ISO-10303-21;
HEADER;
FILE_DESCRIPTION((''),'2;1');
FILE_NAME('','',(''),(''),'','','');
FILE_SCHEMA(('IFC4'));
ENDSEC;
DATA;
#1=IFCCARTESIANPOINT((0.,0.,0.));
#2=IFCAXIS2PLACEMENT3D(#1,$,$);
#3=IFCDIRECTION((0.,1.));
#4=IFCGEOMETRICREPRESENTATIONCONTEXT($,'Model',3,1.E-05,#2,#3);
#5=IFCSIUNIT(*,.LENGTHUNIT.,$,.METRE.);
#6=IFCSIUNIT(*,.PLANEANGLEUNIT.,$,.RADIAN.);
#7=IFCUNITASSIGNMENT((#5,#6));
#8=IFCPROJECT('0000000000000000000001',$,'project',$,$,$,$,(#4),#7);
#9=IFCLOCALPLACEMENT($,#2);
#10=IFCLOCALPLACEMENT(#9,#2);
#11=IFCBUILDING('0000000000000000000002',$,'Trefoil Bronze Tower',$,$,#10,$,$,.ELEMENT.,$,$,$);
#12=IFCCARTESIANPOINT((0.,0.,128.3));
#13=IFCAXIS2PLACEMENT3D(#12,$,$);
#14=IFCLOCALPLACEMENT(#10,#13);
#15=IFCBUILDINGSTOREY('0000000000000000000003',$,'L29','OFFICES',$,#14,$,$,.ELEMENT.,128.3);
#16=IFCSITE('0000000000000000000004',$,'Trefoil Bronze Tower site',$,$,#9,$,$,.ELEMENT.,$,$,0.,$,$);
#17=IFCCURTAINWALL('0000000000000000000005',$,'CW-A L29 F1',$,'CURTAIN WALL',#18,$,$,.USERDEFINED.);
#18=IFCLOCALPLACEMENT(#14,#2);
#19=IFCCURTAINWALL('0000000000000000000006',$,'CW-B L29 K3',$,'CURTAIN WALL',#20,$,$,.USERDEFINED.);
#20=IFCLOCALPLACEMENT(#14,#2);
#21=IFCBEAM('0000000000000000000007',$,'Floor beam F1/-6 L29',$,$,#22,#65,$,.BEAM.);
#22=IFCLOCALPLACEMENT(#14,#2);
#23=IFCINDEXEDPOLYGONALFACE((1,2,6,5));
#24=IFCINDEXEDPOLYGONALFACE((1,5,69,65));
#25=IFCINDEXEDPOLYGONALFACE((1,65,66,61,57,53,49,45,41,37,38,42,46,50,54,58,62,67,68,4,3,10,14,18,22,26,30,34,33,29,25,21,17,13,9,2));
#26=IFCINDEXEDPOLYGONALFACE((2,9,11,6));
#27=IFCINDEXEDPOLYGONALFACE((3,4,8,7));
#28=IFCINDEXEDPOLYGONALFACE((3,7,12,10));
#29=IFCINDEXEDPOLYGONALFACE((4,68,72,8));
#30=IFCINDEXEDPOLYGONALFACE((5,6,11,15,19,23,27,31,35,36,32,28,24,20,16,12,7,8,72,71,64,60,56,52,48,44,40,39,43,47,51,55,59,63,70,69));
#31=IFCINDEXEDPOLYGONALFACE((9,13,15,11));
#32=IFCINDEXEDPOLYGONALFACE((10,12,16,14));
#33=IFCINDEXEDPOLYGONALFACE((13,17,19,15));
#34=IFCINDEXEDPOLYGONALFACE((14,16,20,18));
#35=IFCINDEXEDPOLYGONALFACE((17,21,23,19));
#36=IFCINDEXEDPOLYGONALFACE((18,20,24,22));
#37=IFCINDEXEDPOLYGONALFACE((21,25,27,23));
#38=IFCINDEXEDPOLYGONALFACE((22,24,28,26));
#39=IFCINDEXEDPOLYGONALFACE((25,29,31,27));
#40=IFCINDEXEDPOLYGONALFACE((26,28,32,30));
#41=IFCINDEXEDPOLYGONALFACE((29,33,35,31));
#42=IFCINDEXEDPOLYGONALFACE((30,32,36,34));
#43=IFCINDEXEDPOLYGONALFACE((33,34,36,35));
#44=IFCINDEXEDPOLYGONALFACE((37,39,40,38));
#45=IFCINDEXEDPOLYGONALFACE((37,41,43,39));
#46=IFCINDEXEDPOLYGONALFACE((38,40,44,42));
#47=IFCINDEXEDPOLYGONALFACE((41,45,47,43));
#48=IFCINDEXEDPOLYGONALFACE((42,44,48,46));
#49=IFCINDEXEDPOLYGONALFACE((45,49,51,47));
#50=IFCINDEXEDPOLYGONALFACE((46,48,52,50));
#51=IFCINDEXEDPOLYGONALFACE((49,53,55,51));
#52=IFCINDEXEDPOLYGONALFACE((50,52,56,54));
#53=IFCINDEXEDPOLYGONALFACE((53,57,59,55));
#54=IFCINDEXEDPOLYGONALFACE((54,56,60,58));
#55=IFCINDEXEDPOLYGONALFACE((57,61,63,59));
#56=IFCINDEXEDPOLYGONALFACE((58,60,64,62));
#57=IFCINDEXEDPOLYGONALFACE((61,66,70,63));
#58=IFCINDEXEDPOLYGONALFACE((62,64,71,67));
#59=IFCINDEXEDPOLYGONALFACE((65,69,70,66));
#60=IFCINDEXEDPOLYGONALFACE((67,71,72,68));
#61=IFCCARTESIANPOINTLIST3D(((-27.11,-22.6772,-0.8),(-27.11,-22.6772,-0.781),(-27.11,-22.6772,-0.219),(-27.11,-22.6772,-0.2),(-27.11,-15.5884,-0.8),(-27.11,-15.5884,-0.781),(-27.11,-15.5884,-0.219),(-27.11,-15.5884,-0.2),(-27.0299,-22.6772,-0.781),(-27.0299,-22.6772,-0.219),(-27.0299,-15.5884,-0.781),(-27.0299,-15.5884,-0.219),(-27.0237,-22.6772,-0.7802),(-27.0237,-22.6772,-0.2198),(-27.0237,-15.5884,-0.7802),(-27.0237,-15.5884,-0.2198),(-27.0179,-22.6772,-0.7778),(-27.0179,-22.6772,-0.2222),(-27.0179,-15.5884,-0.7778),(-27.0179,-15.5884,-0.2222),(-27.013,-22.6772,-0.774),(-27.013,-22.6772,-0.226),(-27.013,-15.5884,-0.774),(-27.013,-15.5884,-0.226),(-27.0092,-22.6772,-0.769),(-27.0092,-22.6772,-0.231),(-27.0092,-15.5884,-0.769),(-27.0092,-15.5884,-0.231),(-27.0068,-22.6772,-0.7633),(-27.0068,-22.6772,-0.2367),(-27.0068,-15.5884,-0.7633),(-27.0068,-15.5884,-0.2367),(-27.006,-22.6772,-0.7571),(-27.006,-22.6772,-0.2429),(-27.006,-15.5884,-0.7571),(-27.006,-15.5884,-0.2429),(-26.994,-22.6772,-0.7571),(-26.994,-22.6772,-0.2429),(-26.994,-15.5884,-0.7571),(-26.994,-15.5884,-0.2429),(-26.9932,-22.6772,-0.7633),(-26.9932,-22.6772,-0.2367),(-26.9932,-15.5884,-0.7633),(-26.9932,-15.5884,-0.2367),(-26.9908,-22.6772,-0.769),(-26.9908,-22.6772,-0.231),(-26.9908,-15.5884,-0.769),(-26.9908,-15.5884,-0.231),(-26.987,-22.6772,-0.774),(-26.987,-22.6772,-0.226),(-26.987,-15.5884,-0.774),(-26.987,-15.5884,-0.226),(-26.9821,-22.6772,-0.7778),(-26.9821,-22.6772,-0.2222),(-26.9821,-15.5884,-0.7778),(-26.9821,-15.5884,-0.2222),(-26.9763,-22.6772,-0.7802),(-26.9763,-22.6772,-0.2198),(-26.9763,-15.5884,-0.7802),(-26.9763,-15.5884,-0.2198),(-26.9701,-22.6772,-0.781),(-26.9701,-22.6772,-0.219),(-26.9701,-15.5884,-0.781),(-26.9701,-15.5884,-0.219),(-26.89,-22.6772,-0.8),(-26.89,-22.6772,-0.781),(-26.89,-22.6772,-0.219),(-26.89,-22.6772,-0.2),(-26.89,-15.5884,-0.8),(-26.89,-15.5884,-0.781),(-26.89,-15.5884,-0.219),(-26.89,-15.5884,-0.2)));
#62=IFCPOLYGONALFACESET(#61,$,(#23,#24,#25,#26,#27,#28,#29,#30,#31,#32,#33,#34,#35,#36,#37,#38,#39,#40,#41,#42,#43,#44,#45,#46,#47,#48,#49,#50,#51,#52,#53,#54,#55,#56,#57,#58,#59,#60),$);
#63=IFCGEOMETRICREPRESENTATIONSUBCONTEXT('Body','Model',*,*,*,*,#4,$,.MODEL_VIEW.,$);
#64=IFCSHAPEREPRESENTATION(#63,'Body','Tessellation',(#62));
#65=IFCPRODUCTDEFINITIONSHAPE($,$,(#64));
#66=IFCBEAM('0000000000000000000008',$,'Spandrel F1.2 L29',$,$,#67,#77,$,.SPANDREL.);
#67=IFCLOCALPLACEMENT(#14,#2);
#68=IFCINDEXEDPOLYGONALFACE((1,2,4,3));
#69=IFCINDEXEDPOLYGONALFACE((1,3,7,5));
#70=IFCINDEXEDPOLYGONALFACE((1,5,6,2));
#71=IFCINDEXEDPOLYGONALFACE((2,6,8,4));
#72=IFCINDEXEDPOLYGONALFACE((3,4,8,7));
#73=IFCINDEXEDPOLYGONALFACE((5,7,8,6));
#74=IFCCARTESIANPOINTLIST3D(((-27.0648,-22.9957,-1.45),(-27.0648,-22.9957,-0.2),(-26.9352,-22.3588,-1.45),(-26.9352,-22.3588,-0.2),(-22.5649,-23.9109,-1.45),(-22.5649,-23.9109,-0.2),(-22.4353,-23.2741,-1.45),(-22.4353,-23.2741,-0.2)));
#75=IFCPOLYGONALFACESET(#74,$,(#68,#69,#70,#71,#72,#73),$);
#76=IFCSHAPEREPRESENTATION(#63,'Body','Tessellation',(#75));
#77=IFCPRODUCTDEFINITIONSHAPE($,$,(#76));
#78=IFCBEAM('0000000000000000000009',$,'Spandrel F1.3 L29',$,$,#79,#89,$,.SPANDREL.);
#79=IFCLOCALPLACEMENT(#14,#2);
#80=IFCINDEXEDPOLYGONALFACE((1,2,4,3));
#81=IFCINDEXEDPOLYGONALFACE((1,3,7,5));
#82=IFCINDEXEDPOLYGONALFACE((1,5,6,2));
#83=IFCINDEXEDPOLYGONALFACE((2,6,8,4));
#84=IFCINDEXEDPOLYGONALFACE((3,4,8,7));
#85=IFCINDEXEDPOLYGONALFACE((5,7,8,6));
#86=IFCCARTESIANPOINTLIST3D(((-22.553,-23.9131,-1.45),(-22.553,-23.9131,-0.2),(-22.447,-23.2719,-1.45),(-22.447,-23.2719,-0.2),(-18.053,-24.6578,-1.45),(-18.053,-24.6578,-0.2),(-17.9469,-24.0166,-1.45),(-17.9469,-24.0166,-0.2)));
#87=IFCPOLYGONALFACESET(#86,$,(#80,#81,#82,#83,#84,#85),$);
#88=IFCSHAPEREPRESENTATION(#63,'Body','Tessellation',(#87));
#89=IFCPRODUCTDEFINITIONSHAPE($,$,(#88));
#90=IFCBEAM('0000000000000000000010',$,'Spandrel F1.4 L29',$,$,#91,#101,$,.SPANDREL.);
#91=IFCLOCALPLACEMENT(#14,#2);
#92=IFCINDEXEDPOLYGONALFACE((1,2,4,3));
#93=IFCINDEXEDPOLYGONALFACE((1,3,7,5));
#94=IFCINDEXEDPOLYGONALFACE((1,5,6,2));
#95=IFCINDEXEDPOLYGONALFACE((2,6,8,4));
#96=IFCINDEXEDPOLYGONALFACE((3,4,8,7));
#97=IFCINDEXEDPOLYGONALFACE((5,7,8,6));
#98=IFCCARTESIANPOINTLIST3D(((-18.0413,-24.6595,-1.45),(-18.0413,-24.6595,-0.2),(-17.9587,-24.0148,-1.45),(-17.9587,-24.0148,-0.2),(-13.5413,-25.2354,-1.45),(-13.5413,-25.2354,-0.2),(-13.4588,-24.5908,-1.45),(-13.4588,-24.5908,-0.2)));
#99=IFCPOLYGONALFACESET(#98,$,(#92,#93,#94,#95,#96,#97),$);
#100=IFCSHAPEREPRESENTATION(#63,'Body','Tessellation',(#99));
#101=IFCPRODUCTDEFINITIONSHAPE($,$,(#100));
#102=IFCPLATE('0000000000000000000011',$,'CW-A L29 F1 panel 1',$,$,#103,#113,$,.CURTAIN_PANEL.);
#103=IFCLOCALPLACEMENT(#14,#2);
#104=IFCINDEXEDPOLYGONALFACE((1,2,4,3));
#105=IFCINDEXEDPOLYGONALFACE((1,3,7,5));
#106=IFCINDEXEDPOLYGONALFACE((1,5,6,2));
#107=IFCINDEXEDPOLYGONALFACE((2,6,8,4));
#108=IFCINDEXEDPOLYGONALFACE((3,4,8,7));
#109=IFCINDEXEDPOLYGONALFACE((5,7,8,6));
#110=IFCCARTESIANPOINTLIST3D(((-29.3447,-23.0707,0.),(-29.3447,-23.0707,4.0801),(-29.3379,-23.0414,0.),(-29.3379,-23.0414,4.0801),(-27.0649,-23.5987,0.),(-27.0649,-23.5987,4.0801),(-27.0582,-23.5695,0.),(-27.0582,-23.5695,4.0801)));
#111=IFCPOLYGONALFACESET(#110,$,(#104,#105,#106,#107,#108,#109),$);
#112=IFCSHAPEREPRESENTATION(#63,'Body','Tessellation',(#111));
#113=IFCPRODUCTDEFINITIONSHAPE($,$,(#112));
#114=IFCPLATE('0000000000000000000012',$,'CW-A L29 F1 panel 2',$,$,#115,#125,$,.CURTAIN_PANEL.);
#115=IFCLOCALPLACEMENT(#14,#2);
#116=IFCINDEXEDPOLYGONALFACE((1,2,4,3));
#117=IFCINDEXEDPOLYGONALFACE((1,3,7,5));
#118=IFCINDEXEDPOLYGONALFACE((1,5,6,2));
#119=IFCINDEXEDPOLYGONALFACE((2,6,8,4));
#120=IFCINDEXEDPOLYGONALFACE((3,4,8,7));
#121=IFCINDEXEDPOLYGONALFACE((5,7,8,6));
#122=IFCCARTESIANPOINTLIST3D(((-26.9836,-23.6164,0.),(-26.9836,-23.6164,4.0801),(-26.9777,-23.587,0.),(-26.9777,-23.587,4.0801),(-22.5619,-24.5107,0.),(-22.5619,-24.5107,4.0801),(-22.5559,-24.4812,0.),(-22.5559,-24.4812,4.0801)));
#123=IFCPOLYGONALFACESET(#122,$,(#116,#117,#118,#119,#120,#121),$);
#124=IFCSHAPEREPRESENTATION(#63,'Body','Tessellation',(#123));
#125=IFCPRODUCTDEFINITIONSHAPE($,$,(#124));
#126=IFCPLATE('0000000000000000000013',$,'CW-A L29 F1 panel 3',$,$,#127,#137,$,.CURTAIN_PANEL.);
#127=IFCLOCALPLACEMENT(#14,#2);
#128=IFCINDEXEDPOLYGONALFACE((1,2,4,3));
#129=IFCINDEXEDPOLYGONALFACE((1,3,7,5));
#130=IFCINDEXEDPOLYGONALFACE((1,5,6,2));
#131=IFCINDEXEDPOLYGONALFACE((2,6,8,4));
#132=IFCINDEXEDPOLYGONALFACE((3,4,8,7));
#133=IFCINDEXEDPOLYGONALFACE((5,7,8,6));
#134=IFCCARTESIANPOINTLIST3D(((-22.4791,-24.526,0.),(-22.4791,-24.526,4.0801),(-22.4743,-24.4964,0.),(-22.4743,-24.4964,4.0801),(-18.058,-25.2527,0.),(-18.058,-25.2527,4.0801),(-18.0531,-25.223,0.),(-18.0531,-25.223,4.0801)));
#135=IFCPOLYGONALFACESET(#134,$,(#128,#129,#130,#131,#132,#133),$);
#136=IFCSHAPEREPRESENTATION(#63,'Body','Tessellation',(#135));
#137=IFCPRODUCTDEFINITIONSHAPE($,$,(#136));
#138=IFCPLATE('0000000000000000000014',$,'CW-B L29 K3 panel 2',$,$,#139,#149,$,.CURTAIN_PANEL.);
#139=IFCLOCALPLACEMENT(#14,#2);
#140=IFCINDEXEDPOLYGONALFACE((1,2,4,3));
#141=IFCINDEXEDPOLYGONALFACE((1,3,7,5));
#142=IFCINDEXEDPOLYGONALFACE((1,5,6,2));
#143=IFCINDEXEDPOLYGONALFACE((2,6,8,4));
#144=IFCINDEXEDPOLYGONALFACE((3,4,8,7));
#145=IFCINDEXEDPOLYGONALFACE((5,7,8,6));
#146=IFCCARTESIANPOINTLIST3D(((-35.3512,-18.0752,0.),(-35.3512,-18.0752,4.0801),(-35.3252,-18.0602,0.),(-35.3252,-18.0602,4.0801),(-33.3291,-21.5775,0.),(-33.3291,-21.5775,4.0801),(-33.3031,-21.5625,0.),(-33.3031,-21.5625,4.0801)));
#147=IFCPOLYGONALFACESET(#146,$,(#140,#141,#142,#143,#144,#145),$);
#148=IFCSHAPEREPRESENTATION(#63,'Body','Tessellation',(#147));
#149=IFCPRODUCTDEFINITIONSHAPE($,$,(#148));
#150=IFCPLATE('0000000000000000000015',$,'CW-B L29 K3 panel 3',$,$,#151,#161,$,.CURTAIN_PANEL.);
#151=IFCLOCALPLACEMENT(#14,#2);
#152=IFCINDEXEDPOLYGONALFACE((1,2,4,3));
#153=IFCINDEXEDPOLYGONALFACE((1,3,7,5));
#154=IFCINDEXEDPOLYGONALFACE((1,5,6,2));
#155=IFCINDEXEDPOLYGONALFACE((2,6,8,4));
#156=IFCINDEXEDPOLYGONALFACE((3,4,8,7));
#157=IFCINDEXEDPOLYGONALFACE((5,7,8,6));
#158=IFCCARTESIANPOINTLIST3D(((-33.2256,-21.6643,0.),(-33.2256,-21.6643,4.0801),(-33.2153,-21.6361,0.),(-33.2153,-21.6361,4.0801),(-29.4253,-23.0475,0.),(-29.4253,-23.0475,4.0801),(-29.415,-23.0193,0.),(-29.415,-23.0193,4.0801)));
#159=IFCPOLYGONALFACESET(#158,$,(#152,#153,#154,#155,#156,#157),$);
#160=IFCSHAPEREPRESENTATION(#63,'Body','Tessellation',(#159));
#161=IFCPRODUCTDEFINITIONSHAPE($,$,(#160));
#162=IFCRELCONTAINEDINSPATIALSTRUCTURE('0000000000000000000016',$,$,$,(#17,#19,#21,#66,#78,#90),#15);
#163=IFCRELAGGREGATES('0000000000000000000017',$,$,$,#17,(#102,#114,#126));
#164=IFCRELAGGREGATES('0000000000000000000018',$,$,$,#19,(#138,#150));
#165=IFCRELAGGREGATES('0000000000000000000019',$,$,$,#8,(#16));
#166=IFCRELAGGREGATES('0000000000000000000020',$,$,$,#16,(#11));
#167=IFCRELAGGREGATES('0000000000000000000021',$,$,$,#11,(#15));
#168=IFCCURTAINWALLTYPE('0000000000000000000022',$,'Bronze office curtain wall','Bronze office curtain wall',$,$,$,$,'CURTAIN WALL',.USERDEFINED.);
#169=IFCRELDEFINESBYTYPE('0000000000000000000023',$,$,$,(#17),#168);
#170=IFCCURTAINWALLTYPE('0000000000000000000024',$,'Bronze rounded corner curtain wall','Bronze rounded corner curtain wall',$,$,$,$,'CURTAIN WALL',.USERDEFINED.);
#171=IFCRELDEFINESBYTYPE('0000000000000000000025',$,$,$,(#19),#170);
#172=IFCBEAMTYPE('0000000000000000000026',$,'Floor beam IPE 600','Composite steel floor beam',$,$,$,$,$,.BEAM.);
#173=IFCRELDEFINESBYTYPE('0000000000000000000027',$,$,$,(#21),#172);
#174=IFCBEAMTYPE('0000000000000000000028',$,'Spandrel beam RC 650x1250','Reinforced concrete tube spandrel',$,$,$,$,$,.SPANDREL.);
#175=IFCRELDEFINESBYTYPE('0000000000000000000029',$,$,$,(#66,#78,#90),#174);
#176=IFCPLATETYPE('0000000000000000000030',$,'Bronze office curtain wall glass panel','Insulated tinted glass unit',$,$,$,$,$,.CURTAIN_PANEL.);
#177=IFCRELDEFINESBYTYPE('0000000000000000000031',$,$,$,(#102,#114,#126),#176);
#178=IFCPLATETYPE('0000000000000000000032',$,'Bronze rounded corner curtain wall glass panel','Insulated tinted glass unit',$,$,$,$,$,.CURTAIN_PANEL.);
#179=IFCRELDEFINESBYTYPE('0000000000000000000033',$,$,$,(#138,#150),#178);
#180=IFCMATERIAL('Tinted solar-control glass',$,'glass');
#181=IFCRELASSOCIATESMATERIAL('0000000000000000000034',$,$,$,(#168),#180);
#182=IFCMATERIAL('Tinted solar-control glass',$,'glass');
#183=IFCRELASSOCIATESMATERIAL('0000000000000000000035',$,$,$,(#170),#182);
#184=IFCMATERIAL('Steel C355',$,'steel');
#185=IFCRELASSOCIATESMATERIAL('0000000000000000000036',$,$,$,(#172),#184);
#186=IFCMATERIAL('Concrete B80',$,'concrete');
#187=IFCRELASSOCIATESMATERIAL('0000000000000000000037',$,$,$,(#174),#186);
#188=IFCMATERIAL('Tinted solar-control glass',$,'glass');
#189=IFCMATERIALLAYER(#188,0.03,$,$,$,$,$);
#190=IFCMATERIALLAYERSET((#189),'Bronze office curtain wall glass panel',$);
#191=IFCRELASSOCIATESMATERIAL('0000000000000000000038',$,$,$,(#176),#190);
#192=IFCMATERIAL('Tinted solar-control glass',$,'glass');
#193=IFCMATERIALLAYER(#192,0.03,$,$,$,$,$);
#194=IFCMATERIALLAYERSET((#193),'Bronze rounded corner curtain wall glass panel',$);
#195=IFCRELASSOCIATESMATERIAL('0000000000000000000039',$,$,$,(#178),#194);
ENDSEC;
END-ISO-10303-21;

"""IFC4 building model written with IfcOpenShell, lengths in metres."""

from ifc_helpers import new_model, si_unit, direction, frame, origin, origin_2d, place, context, subcontext, project, spatial, rectangle, i_section, extrude, material, layer, layer_set, material_profile, profile_set, type_object, element, aggregate, save


model = new_model("IFC4")

# Units and contexts
model_context = context("Model", 3, precision=1e-05, world=origin(), true_north=direction((0.0, 1.0)))
body_context = subcontext(model_context, "Body", "Model", "MODEL_VIEW")
ifc_project = project(units=[si_unit("LENGTHUNIT", "METRE"), si_unit("PLANEANGLEUNIT", "RADIAN")], contexts=[model_context])

# Site, building, storey
site_placement = place(None, origin())
site = spatial("IfcSite", under=ifc_project, at=site_placement, Name="Trefoil Bronze Tower site", CompositionType="ELEMENT", RefElevation=0.0)
building_placement = place(site_placement, origin())
building = spatial("IfcBuilding", under=site, at=building_placement, Name="Trefoil Bronze Tower", CompositionType="ELEMENT")
storey_placement = place(building_placement, frame((0.0, 0.0, 128.3)))
storey = spatial("IfcBuildingStorey", under=building, at=storey_placement, Name="L29", Description="OFFICES", CompositionType="ELEMENT", Elevation=128.3)

# Curtain walls
ifc_material_1 = material(Name="Tinted solar-control glass", Category="glass")
curtain_wall_type_1 = type_object("IfcCurtainWallType", Name="Bronze office curtain wall", Description="Bronze office curtain wall", ElementType="CURTAIN WALL", PredefinedType="USERDEFINED", material=ifc_material_1)
curtain_wall_1_placement = place(storey_placement, origin())
curtain_wall_1 = element("IfcCurtainWall", 1, at=curtain_wall_1_placement, inside=storey, type_object=curtain_wall_type_1, Name="CW-A L29 F1", ObjectType="CURTAIN WALL", PredefinedType="USERDEFINED")
ifc_material_2 = material(Name="Tinted solar-control glass", Category="glass")
curtain_wall_type_2 = type_object("IfcCurtainWallType", Name="Bronze rounded corner curtain wall", Description="Bronze rounded corner curtain wall", ElementType="CURTAIN WALL", PredefinedType="USERDEFINED", material=ifc_material_2)
curtain_wall_2_placement = place(storey_placement, origin())
curtain_wall_2 = element("IfcCurtainWall", 2, at=curtain_wall_2_placement, inside=storey, type_object=curtain_wall_type_2, Name="CW-B L29 K3", ObjectType="CURTAIN WALL", PredefinedType="USERDEFINED")

# Beams
ifc_material_3 = material(Name="Steel C355", Category="steel")
ifc_material_profile_1 = material_profile(ifc_material_3, i_section(OverallWidth=0.22, OverallDepth=0.6001, WebThickness=0.012, FlangeThickness=0.019, FilletRadius=0.0239, at=origin_2d()), Name="IPE 600")
ifc_profile_set_1 = profile_set([ifc_material_profile_1], Name="Steel C355")
beam_type_1 = type_object("IfcBeamType", Name="Floor beam IPE 600", Description="Composite steel floor beam", PredefinedType="BEAM", material=ifc_profile_set_1)
beam_1_placement = place(storey_placement, frame((-27.0, -22.6772, -0.5), z_axis=(0.0, 1.0, 0.0), x_axis=(-1.0, 0.0, 0.0)))
element("IfcBeam", 3, at=beam_1_placement, inside=storey, type_object=beam_type_1, Name="Floor beam F1/-6 L29", PredefinedType="BEAM", context=body_context, shape_type="SweptSolid", body=[
    extrude(i_section(OverallWidth=0.22, OverallDepth=0.6001, WebThickness=0.012, FlangeThickness=0.019, FilletRadius=0.0239, at=origin_2d()), origin(), (0.0, 0.0, 1.0), 7.0889),
])
ifc_material_4 = material(Name="Concrete B80", Category="concrete")
ifc_material_profile_2 = material_profile(ifc_material_4, rectangle(XDim=0.6499, YDim=1.25, at=origin_2d()), Name="RC 650x1250")
ifc_profile_set_2 = profile_set([ifc_material_profile_2], Name="Concrete B80")
beam_type_2 = type_object("IfcBeamType", Name="Spandrel beam RC 650x1250", Description="Reinforced concrete tube spandrel", PredefinedType="SPANDREL", material=ifc_profile_set_2)
beam_2_placement = place(storey_placement, frame((-27.0, -22.6772, -0.825), z_axis=(0.979935, -0.199315, 0.0), x_axis=(0.199315, 0.979935, 0.0)))
element("IfcBeam", 4, at=beam_2_placement, inside=storey, type_object=beam_type_2, Name="Spandrel F1.2 L29", PredefinedType="SPANDREL", context=body_context, shape_type="SweptSolid", body=[
    extrude(rectangle(XDim=0.6499, YDim=1.25, at=origin_2d()), origin(), (0.0, 0.0, 1.0), 4.592),
])
beam_3_placement = place(storey_placement, frame((-22.5, -23.5925, -0.825), z_axis=(0.986584, -0.163253, 0.0), x_axis=(0.163253, 0.986584, 0.0)))
element("IfcBeam", 5, at=beam_3_placement, inside=storey, type_object=beam_type_2, Name="Spandrel F1.3 L29", PredefinedType="SPANDREL", context=body_context, shape_type="SweptSolid", body=[
    extrude(rectangle(XDim=0.6499, YDim=1.25, at=origin_2d()), origin(), (0.0, 0.0, 1.0), 4.5613),
])
beam_4_placement = place(storey_placement, frame((-18.0, -24.3372, -0.825), z_axis=(0.991909, -0.126948, 0.0), x_axis=(0.126948, 0.991909, 0.0)))
element("IfcBeam", 6, at=beam_4_placement, inside=storey, type_object=beam_type_2, Name="Spandrel F1.4 L29", PredefinedType="SPANDREL", context=body_context, shape_type="SweptSolid", body=[
    extrude(rectangle(XDim=0.6499, YDim=1.25, at=origin_2d()), origin(), (0.0, 0.0, 1.0), 4.5366),
])

# Plates
ifc_material_5 = material(Name="Tinted solar-control glass", Category="glass")
ifc_layer_1 = layer(ifc_material_5, 0.03)
ifc_layer_set_1 = layer_set([ifc_layer_1], Name="Bronze office curtain wall glass panel")
plate_type_1 = type_object("IfcPlateType", Name="Bronze office curtain wall glass panel", Description="Insulated tinted glass unit", PredefinedType="CURTAIN_PANEL", material=ifc_layer_set_1)
plate_1_placement = place(storey_placement, frame((-28.2014, -23.3201, 0.0), z_axis=(0.0, 0.0, 1.0), x_axis=(0.974204, -0.225667, 0.0)))
plate_1 = element("IfcPlate", 7, at=plate_1_placement, type_object=plate_type_1, Name="CW-A L29 F1 panel 1", PredefinedType="CURTAIN_PANEL", context=body_context, shape_type="SweptSolid", body=[
    extrude(rectangle(XDim=2.3401, YDim=0.03, at=origin_2d()), origin(), (0.0, 0.0, 1.0), 4.0801),
])
plate_2_placement = place(storey_placement, frame((-24.7698, -24.0488, 0.0), z_axis=(0.0, 0.0, 1.0), x_axis=(0.980155, -0.198232, 0.0)))
plate_2 = element("IfcPlate", 8, at=plate_2_placement, type_object=plate_type_1, Name="CW-A L29 F1 panel 2", PredefinedType="CURTAIN_PANEL", context=body_context, shape_type="SweptSolid", body=[
    extrude(rectangle(XDim=4.5112, YDim=0.03, at=origin_2d()), origin(), (0.0, 0.0, 1.0), 4.0801),
])
plate_3_placement = place(storey_placement, frame((-20.2661, -24.8745, 0.0), z_axis=(0.0, 0.0, 1.0), x_axis=(0.98676, -0.162189, 0.0)))
plate_3 = element("IfcPlate", 9, at=plate_3_placement, type_object=plate_type_1, Name="CW-A L29 F1 panel 3", PredefinedType="CURTAIN_PANEL", context=body_context, shape_type="SweptSolid", body=[
    extrude(rectangle(XDim=4.4805, YDim=0.03, at=origin_2d()), origin(), (0.0, 0.0, 1.0), 4.0801),
])
aggregate(curtain_wall_1, [plate_1, plate_2, plate_3])
ifc_material_6 = material(Name="Tinted solar-control glass", Category="glass")
ifc_layer_2 = layer(ifc_material_6, 0.03)
ifc_layer_set_2 = layer_set([ifc_layer_2], Name="Bronze rounded corner curtain wall glass panel")
plate_type_2 = type_object("IfcPlateType", Name="Bronze rounded corner curtain wall glass panel", Description="Insulated tinted glass unit", PredefinedType="CURTAIN_PANEL", material=ifc_layer_set_2)
plate_4_placement = place(storey_placement, frame((-34.3271, -19.8188, 0.0), z_axis=(0.0, 0.0, 1.0), x_axis=(0.5, -0.866025, 0.0)))
plate_4 = element("IfcPlate", 10, at=plate_4_placement, type_object=plate_type_2, Name="CW-B L29 K3 panel 2", PredefinedType="CURTAIN_PANEL", context=body_context, shape_type="SweptSolid", body=[
    extrude(rectangle(XDim=4.0442, YDim=0.03, at=origin_2d()), origin(), (0.0, 0.0, 1.0), 4.0801),
])
plate_5_placement = place(storey_placement, frame((-31.3203, -22.3418, 0.0), z_axis=(0.0, 0.0, 1.0), x_axis=(0.939693, -0.34202, 0.0)))
plate_5 = element("IfcPlate", 11, at=plate_5_placement, type_object=plate_type_2, Name="CW-B L29 K3 panel 3", PredefinedType="CURTAIN_PANEL", context=body_context, shape_type="SweptSolid", body=[
    extrude(rectangle(XDim=4.0442, YDim=0.03, at=origin_2d()), origin(), (0.0, 0.0, 1.0), 4.0801),
])
aggregate(curtain_wall_2, [plate_4, plate_5])

save(model, "model.ifc")
